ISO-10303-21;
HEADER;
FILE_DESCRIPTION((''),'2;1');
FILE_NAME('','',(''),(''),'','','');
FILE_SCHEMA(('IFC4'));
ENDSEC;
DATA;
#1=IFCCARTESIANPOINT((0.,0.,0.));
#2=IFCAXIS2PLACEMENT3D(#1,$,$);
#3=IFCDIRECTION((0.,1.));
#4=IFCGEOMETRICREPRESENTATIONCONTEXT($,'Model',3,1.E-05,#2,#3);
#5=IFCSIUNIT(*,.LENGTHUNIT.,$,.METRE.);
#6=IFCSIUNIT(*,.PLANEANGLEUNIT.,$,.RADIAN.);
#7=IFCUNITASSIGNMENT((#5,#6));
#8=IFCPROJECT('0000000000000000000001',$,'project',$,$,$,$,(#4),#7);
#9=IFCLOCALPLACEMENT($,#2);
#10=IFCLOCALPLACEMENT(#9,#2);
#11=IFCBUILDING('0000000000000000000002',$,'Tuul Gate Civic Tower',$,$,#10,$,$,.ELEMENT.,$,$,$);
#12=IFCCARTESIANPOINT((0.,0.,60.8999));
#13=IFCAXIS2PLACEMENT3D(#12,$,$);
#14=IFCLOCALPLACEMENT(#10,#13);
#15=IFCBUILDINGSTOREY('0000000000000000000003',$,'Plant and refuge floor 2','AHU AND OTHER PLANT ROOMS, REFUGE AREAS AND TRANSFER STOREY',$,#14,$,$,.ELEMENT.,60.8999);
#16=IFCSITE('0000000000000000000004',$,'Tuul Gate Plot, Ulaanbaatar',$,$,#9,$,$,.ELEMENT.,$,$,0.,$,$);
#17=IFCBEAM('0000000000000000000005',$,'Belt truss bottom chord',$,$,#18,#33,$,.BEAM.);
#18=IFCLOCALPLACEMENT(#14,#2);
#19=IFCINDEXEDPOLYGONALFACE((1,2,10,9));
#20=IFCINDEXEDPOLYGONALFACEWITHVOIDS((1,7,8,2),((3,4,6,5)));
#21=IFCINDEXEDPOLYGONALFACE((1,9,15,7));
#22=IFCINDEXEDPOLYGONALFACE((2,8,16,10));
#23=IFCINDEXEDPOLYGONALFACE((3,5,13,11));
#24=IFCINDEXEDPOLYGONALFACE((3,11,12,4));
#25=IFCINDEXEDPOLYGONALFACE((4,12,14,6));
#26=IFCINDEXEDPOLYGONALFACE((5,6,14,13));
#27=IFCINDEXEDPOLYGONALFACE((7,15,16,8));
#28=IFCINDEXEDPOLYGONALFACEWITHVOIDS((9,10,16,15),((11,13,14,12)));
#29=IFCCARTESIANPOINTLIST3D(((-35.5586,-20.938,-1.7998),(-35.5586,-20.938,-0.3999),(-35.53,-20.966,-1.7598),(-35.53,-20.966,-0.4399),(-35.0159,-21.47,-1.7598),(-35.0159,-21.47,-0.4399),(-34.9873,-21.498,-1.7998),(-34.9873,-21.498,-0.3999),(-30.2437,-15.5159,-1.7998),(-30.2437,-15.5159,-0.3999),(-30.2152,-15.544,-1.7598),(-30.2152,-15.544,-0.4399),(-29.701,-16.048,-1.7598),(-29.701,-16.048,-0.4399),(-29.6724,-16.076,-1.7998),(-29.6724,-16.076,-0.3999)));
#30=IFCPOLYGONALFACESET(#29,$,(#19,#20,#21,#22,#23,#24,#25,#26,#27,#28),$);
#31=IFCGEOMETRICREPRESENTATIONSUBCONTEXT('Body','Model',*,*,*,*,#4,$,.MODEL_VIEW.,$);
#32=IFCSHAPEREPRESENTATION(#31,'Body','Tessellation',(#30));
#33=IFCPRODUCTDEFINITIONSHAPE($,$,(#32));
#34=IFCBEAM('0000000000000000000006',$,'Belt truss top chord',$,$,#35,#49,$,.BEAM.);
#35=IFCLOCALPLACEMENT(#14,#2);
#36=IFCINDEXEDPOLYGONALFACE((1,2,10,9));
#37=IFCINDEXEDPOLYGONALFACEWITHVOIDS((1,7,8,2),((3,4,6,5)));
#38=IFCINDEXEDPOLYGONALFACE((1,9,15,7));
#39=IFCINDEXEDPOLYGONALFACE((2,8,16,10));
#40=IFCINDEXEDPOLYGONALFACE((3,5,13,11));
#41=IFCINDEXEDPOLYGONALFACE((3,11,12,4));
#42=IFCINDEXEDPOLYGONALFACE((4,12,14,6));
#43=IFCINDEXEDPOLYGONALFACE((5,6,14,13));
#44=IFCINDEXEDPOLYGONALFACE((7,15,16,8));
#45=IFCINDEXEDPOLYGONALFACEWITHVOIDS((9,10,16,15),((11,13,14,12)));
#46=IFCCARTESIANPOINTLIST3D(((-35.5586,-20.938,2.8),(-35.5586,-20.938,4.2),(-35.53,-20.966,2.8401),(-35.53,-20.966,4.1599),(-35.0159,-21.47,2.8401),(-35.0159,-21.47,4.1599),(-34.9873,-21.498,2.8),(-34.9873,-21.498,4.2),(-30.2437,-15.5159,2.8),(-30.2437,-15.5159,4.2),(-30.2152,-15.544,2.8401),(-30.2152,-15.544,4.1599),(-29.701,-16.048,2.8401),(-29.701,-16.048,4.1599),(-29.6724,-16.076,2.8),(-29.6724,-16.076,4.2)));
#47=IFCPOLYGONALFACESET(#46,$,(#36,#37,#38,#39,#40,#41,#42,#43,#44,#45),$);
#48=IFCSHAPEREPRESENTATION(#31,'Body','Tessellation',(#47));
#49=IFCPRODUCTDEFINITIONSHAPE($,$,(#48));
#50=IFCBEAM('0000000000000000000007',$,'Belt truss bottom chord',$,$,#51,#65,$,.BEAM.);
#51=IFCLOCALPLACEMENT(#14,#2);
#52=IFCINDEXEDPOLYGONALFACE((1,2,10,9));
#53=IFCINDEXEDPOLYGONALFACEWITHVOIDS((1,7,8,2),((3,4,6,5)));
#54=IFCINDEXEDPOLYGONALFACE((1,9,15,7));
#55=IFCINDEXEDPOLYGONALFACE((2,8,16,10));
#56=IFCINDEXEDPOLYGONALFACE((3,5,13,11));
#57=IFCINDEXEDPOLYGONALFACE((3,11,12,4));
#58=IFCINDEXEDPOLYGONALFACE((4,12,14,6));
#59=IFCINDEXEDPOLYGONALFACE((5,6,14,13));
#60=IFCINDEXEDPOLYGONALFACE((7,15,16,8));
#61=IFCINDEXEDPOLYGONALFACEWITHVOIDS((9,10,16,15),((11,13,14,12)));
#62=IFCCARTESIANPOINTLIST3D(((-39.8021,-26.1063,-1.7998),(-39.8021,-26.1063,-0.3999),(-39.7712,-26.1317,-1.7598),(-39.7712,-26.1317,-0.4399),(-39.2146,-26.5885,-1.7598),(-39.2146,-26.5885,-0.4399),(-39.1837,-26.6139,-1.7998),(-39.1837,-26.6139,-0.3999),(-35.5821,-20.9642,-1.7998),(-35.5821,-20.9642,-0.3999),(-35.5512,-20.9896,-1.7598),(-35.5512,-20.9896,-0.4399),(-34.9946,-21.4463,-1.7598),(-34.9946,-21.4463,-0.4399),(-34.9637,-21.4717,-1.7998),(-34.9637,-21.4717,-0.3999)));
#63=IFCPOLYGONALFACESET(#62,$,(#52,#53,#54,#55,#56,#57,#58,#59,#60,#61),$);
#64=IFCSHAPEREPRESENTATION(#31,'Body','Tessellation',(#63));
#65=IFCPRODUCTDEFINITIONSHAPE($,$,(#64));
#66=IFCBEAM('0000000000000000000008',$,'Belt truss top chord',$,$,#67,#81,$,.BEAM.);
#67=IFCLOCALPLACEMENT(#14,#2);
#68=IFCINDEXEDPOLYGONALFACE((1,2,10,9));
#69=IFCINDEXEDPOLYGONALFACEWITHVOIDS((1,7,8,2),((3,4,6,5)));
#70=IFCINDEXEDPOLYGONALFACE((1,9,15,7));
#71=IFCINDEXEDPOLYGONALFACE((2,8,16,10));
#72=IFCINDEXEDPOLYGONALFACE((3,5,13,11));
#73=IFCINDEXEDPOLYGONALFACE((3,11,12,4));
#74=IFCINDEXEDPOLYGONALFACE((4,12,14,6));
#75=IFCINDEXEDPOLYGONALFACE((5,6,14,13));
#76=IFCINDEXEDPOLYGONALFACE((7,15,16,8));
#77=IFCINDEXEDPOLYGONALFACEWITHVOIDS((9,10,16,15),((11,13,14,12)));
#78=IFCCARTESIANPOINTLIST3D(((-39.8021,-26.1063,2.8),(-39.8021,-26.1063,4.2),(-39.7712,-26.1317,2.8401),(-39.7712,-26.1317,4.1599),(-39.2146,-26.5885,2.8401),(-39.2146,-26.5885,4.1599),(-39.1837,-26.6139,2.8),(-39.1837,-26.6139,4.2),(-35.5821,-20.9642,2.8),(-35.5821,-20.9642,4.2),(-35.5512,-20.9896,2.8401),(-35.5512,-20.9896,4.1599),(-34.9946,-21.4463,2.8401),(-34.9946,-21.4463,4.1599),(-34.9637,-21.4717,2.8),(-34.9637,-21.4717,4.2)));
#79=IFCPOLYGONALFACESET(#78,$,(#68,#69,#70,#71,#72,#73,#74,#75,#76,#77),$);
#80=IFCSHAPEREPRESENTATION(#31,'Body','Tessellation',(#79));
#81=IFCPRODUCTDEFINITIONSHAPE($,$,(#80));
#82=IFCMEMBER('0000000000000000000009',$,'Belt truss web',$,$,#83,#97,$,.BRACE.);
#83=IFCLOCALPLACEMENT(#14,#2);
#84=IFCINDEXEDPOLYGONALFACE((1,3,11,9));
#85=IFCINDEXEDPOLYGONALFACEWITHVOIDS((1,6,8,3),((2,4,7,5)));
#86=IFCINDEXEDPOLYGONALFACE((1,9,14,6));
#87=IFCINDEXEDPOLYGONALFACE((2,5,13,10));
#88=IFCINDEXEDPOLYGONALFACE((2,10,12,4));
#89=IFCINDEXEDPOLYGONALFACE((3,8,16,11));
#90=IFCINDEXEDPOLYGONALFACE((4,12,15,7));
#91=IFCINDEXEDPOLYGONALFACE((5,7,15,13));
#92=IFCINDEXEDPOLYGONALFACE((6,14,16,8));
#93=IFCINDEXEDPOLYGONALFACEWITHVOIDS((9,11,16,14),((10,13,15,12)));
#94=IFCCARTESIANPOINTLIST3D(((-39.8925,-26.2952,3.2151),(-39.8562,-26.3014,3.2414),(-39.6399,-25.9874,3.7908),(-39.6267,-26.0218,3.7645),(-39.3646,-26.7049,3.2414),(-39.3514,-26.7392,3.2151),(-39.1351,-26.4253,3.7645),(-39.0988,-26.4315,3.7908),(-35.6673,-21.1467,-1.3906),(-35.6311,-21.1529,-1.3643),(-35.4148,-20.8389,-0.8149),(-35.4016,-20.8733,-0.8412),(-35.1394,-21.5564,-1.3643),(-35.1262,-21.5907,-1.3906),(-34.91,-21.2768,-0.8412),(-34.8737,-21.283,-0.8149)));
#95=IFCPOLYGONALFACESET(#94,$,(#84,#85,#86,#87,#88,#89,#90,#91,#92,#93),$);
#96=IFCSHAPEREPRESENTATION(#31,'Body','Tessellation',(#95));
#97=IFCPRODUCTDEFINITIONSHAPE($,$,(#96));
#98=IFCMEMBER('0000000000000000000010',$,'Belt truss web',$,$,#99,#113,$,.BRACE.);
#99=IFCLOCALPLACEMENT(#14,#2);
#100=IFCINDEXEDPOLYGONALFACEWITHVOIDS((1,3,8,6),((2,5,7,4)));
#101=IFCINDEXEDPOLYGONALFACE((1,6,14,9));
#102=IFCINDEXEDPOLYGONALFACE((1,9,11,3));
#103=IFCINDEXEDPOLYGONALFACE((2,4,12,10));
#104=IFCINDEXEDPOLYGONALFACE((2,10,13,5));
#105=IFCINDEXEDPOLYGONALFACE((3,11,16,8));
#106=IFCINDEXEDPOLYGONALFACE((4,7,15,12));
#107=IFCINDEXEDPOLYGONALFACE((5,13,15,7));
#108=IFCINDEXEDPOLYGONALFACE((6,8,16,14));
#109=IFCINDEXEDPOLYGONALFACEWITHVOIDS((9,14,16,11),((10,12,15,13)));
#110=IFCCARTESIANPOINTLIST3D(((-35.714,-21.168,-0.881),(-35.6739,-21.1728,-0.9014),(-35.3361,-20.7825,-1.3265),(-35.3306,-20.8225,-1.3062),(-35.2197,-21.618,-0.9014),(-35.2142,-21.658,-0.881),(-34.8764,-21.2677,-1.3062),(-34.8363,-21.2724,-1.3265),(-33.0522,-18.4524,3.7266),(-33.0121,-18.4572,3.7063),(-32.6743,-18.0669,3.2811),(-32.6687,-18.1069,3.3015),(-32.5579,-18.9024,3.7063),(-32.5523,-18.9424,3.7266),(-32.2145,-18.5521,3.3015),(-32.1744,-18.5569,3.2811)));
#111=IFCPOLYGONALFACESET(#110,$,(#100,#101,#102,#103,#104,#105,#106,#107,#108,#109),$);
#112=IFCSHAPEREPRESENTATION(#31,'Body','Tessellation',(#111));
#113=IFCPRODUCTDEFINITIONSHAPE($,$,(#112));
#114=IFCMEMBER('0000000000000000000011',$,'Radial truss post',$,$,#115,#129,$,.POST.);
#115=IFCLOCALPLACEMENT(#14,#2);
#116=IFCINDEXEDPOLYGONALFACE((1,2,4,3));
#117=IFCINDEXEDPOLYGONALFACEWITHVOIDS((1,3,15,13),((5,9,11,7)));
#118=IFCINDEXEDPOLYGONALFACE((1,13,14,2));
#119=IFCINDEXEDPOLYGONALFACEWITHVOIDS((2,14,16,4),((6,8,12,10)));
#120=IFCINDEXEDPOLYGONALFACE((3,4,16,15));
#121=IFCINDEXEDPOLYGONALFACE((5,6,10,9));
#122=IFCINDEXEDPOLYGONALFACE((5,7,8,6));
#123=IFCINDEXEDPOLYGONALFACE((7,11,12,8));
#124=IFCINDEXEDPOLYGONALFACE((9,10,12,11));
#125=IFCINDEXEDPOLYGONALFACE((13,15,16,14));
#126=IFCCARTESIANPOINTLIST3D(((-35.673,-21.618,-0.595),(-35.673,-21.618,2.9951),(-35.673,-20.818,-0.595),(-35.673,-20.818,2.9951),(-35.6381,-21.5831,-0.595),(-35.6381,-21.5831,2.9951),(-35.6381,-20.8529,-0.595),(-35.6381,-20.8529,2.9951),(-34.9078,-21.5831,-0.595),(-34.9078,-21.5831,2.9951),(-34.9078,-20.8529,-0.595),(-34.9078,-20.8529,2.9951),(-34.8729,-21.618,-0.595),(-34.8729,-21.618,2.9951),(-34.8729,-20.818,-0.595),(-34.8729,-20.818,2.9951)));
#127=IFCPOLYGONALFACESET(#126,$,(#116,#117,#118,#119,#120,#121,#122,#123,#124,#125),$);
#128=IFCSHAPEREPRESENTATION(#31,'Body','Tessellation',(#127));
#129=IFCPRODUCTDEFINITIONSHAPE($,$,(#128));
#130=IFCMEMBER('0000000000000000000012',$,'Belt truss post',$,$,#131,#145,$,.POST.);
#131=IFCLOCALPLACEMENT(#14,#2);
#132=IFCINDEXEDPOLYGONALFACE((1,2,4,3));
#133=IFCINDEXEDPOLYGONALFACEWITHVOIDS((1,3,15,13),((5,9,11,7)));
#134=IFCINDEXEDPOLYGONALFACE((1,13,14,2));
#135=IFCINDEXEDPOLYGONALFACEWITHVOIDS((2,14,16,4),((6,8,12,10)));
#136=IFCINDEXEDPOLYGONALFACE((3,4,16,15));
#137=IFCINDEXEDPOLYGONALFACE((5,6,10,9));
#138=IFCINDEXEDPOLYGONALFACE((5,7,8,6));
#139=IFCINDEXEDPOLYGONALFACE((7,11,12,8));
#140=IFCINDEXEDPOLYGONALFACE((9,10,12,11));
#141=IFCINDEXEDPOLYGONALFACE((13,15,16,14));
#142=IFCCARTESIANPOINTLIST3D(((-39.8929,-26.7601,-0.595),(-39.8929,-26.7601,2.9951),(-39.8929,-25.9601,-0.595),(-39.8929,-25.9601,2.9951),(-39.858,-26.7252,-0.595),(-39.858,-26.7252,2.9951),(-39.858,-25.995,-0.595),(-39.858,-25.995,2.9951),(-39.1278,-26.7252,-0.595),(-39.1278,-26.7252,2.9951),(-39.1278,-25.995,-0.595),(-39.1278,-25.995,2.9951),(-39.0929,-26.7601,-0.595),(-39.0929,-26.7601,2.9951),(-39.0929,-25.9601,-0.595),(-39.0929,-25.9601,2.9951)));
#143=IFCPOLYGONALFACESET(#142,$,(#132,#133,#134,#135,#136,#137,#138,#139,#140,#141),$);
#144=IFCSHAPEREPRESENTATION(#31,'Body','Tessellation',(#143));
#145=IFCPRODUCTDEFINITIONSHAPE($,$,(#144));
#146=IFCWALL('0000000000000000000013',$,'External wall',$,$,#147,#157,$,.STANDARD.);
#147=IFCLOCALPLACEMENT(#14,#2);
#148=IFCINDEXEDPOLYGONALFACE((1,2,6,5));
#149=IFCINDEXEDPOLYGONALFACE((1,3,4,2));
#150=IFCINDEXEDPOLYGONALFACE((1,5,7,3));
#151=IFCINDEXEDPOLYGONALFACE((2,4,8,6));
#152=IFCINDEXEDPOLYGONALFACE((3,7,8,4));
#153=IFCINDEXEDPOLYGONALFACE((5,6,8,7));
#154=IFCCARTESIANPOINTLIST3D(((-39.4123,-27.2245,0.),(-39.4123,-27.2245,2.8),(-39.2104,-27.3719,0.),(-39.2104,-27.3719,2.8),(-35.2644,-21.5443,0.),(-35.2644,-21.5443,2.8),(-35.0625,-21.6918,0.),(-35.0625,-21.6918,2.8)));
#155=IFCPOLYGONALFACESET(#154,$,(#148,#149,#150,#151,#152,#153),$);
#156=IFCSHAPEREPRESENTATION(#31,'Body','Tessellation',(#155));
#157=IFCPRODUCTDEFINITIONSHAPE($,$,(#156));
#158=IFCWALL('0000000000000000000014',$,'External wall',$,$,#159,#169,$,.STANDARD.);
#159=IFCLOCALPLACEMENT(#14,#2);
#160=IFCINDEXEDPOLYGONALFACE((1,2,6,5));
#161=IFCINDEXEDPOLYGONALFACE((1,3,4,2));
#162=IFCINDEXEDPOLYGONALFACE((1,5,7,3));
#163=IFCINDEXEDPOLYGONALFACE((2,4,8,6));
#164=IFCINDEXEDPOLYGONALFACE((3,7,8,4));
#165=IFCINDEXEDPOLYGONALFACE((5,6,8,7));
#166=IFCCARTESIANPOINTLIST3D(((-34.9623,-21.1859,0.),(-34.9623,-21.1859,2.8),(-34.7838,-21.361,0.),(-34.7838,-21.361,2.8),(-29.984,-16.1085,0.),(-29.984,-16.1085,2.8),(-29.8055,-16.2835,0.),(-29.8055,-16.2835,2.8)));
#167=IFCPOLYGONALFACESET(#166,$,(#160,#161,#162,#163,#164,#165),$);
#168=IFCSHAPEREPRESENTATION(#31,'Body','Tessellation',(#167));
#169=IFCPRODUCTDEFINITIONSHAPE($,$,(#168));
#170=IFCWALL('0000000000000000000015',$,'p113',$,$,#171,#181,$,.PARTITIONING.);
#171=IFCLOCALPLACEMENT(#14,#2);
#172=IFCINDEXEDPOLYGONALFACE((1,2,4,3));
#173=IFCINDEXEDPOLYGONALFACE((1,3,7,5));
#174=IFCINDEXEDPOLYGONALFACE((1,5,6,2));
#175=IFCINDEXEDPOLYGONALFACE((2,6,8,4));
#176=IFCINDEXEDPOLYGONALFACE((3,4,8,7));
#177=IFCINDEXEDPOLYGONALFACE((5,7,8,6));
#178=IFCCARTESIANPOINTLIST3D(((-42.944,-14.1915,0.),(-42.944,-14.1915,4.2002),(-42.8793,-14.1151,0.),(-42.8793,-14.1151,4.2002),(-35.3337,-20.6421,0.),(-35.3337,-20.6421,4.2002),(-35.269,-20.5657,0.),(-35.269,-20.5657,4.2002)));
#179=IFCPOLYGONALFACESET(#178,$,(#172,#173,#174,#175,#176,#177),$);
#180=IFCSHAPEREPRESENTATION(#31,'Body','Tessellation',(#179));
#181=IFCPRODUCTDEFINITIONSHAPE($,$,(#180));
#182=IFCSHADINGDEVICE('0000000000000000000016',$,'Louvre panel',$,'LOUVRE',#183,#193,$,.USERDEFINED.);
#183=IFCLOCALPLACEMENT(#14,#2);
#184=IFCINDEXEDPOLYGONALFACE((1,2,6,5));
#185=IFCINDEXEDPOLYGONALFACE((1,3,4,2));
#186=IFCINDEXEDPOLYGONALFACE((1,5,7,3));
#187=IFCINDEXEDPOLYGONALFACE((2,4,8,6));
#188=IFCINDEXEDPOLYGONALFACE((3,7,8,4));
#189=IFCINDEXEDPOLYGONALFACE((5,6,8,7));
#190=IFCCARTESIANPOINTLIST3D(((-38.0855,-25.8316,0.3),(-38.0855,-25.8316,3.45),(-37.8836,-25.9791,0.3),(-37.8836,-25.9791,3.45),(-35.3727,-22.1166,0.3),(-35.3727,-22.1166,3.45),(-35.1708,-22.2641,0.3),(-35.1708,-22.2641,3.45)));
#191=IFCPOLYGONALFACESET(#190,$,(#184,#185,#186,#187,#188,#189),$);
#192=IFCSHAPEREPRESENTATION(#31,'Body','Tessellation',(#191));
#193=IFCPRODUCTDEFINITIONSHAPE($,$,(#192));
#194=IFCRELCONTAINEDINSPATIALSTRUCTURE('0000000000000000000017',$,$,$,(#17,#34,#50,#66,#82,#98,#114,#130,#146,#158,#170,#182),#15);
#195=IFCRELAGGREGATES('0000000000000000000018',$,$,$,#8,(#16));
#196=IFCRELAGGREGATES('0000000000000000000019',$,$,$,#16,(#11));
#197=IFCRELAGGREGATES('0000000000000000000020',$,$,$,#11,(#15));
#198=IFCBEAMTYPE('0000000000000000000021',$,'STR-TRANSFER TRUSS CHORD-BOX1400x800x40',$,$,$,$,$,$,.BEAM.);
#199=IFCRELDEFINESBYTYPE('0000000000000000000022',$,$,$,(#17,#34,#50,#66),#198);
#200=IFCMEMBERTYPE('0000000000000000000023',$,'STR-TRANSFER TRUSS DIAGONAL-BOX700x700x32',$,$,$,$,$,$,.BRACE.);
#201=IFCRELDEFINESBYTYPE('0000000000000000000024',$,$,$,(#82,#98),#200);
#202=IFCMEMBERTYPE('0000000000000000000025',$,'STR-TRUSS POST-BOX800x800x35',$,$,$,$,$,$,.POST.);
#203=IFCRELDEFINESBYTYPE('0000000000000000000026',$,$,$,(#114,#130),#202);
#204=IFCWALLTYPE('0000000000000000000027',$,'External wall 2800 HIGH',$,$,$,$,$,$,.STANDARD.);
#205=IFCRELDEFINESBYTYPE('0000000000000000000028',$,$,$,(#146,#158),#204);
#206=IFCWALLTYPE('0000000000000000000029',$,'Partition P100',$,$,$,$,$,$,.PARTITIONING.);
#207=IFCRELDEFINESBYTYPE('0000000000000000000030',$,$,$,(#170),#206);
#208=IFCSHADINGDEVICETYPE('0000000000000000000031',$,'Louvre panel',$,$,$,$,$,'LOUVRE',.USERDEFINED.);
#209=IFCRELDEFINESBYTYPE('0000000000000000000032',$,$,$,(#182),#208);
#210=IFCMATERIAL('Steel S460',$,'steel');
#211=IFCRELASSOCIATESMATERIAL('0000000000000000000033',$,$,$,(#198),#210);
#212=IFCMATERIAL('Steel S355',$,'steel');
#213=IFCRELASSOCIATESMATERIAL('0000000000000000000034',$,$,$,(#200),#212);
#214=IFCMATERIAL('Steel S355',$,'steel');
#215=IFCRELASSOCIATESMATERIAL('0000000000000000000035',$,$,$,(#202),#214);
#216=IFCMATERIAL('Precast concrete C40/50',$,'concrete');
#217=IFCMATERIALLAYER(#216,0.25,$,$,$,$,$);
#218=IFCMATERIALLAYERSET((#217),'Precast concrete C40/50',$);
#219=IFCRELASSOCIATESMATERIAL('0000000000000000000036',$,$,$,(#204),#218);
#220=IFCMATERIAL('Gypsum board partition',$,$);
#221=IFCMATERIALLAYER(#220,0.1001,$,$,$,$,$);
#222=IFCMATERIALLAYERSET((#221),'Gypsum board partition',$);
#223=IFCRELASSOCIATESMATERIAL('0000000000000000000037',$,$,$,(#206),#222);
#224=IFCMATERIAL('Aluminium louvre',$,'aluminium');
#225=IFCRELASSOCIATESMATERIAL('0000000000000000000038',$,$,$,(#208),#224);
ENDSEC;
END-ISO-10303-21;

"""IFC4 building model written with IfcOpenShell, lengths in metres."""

from ifc_helpers import new_model, si_unit, direction, frame, frame_2d, origin, origin_2d, place, context, subcontext, project, spatial, rectangle, hollow_rectangle, extrude, material, layer, layer_set, material_profile, profile_set, type_object, element, save


model = new_model("IFC4")

# Units and contexts
model_context = context("Model", 3, precision=1e-05, world=origin(), true_north=direction((0.0, 1.0)))
body_context = subcontext(model_context, "Body", "Model", "MODEL_VIEW")
ifc_project = project(units=[si_unit("LENGTHUNIT", "METRE"), si_unit("PLANEANGLEUNIT", "RADIAN")], contexts=[model_context])

# Site, building, storey
site_placement = place(None, origin())
site = spatial("IfcSite", under=ifc_project, at=site_placement, Name="Tuul Gate Plot, Ulaanbaatar", CompositionType="ELEMENT", RefElevation=0.0)
building_placement = place(site_placement, origin())
building = spatial("IfcBuilding", under=site, at=building_placement, Name="Tuul Gate Civic Tower", CompositionType="ELEMENT")
storey_placement = place(building_placement, frame((0.0, 0.0, 60.8999)))
storey = spatial("IfcBuildingStorey", under=building, at=storey_placement, Name="Plant and refuge floor 2", Description="AHU AND OTHER PLANT ROOMS, REFUGE AREAS AND TRANSFER STOREY", CompositionType="ELEMENT", Elevation=60.8999)

# Beams
ifc_material_1 = material(Name="Steel S460", Category="steel")
ifc_material_profile_1 = material_profile(ifc_material_1, hollow_rectangle(XDim=0.8, YDim=1.3999, WallThickness=0.04, at=origin_2d()), Name="BOX1400x800x40")
ifc_profile_set_1 = profile_set([ifc_material_profile_1], Name="Steel S460")
beam_type = type_object("IfcBeamType", Name="STR-TRANSFER TRUSS CHORD-BOX1400x800x40", PredefinedType="BEAM", material=ifc_profile_set_1)
for number, where, z_axis, x_axis, name in (
    (1, (-35.2729, -21.218, -1.0999), (0.700014, 0.71413, 0.0), (-0.71413, 0.700014, 0.0), "Belt truss bottom chord"),
    (2, (-35.2729, -21.218, 3.5), (0.700014, 0.71413, 0.0), (-0.71413, 0.700014, 0.0), "Belt truss top chord"),
):
    element("IfcBeam", number, at=place(storey_placement, frame(where, z_axis=z_axis, x_axis=x_axis)), inside=storey, type_object=beam_type, Name=name, PredefinedType="BEAM", context=body_context, shape_type="SweptSolid", body=[
        extrude(hollow_rectangle(XDim=0.8, YDim=1.3999, WallThickness=0.04, at=origin_2d()), origin(), (0.0, 0.0, 1.0), 7.5925),
    ])
for number, where, z_axis, x_axis, name in (
    (3, (-39.4929, -26.3601, -1.0999), (0.63439, 0.773013, 0.0), (-0.773013, 0.63439, 0.0), "Belt truss bottom chord"),
    (4, (-39.4929, -26.3601, 3.5), (0.63439, 0.773013, 0.0), (-0.773013, 0.63439, 0.0), "Belt truss top chord"),
):
    element("IfcBeam", number, at=place(storey_placement, frame(where, z_axis=z_axis, x_axis=x_axis)), inside=storey, type_object=beam_type, Name=name, PredefinedType="BEAM", context=body_context, shape_type="SweptSolid", body=[
        extrude(hollow_rectangle(XDim=0.8, YDim=1.3999, WallThickness=0.04, at=origin_2d()), origin(), (0.0, 0.0, 1.0), 6.6521),
    ])

# Members
ifc_material_2 = material(Name="Steel S355", Category="steel")
ifc_material_profile_2 = material_profile(ifc_material_2, hollow_rectangle(XDim=0.7, YDim=0.7, WallThickness=0.032, at=origin_2d()), Name="BOX700x700x32")
ifc_profile_set_2 = profile_set([ifc_material_profile_2], Name="Steel S355")
member_type_1 = type_object("IfcMemberType", Name="STR-TRANSFER TRUSS DIAGONAL-BOX700x700x32", PredefinedType="BRACE", material=ifc_profile_set_2)
member_1_placement = place(storey_placement, frame((-35.2705, -21.2148, -1.1028), z_axis=(-0.521774, -0.635801, 0.568778), x_axis=(0.773019, -0.634383, 0.0)))
element("IfcMember", 5, at=member_1_placement, inside=storey, type_object=member_type_1, Name="Belt truss web", PredefinedType="BRACE", context=body_context, shape_type="SweptSolid", body=[
    extrude(hollow_rectangle(XDim=0.7, YDim=0.7, WallThickness=0.032, at=origin_2d()), origin(), (0.0, 0.0, 1.0), 8.0977),
])
member_2_placement = place(storey_placement, frame((-35.2751, -21.2202, -1.1038), z_axis=(0.445564, 0.454554, 0.771267), x_axis=(-0.714134, 0.700009, 0.0)))
element("IfcMember", 6, at=member_2_placement, inside=storey, type_object=member_type_1, Name="Belt truss web", PredefinedType="BRACE", context=body_context, shape_type="SweptSolid", body=[
    extrude(hollow_rectangle(XDim=0.7, YDim=0.7, WallThickness=0.032, at=origin_2d()), origin(), (0.0, 0.0, 1.0), 5.9741),
])
ifc_material_3 = material(Name="Steel S355", Category="steel")
ifc_material_profile_3 = material_profile(ifc_material_3, hollow_rectangle(XDim=0.8, YDim=0.8, WallThickness=0.0349, at=origin_2d()), Name="BOX800x800x35")
ifc_profile_set_3 = profile_set([ifc_material_profile_3], Name="Steel S355")
member_type_2 = type_object("IfcMemberType", Name="STR-TRUSS POST-BOX800x800x35", PredefinedType="POST", material=ifc_profile_set_3)
for number, where, z_axis, x_axis, name in (
    (7, (-35.2729, -21.218, -0.595), (0.0, 0.0, 1.0), (1.0, 0.0, 0.0), "Radial truss post"),
    (8, (-39.4929, -26.3601, -0.595), (0.0, 0.0, 1.0), (1.0, 0.0, 0.0), "Belt truss post"),
):
    element("IfcMember", number, at=place(storey_placement, frame(where, z_axis=z_axis, x_axis=x_axis)), inside=storey, type_object=member_type_2, Name=name, PredefinedType="POST", context=body_context, shape_type="SweptSolid", body=[
        extrude(hollow_rectangle(XDim=0.8, YDim=0.8, WallThickness=0.0349, at=origin_2d()), origin(), (0.0, 0.0, 1.0), 3.5901),
    ])

# Walls
ifc_material_4 = material(Name="Precast concrete C40/50", Category="concrete")
ifc_layer_1 = layer(ifc_material_4, 0.25)
ifc_layer_set_1 = layer_set([ifc_layer_1], Name="Precast concrete C40/50")
wall_type_1 = type_object("IfcWallType", Name="External wall 2800 HIGH", PredefinedType="STANDARD", material=ifc_layer_set_1)
wall_1_placement = place(storey_placement, frame((-39.3113, -27.2981, 0.0), z_axis=(0.0, 0.0, 1.0), x_axis=(0.589743, 0.807591, 0.0)))
element("IfcWall", 9, at=wall_1_placement, inside=storey, type_object=wall_type_1, Name="External wall", PredefinedType="STANDARD", context=body_context, shape_type="SweptSolid", body=[
    extrude(rectangle(XDim=7.0334, YDim=0.25, at=frame_2d((3.5166, 0.0))), origin(), (0.0, 0.0, 1.0), 2.8),
])
wall_2_placement = place(storey_placement, frame((-34.873, -21.2734, 0.0), z_axis=(0.0, 0.0, 1.0), x_axis=(0.700103, 0.714042, 0.0)))
element("IfcWall", 10, at=wall_2_placement, inside=storey, type_object=wall_type_1, Name="External wall", PredefinedType="STANDARD", context=body_context, shape_type="SweptSolid", body=[
    extrude(rectangle(XDim=7.1108, YDim=0.25, at=frame_2d((3.5554, 0.0))), origin(), (0.0, 0.0, 1.0), 2.8),
])
ifc_material_5 = material(Name="Gypsum board partition")
ifc_layer_2 = layer(ifc_material_5, 0.1001)
ifc_layer_set_2 = layer_set([ifc_layer_2], Name="Gypsum board partition")
wall_type_2 = type_object("IfcWallType", Name="Partition P100", PredefinedType="PARTITIONING", material=ifc_layer_set_2)
wall_3_placement = place(storey_placement, frame((-35.3013, -20.604, 0.0), z_axis=(0.0, 0.0, 1.0), x_axis=(-0.762835, 0.646594, 0.0)))
element("IfcWall", 11, at=wall_3_placement, inside=storey, type_object=wall_type_2, Name="p113", PredefinedType="PARTITIONING", context=body_context, shape_type="SweptSolid", body=[
    extrude(rectangle(XDim=9.9763, YDim=0.1001, at=frame_2d((4.9883, 0.0))), origin(), (0.0, 0.0, 1.0), 4.2002),
])

# Shading device
ifc_material_6 = material(Name="Aluminium louvre", Category="aluminium")
shading_device_type = type_object("IfcShadingDeviceType", Name="Louvre panel", ElementType="LOUVRE", PredefinedType="USERDEFINED", material=ifc_material_6)
shading_device_placement = place(storey_placement, frame((-36.6282, -24.0479, 0.3), z_axis=(0.0, 0.0, 1.0), x_axis=(0.807595, -0.589737, 0.0)))
element("IfcShadingDevice", 12, at=shading_device_placement, inside=storey, type_object=shading_device_type, Name="Louvre panel", ObjectType="LOUVRE", PredefinedType="USERDEFINED", context=body_context, shape_type="SweptSolid", body=[
    extrude(rectangle(XDim=0.25, YDim=4.6001, at=origin_2d()), origin(), (0.0, 0.0, 1.0), 3.1499),
])

save(model, "model.ifc")
